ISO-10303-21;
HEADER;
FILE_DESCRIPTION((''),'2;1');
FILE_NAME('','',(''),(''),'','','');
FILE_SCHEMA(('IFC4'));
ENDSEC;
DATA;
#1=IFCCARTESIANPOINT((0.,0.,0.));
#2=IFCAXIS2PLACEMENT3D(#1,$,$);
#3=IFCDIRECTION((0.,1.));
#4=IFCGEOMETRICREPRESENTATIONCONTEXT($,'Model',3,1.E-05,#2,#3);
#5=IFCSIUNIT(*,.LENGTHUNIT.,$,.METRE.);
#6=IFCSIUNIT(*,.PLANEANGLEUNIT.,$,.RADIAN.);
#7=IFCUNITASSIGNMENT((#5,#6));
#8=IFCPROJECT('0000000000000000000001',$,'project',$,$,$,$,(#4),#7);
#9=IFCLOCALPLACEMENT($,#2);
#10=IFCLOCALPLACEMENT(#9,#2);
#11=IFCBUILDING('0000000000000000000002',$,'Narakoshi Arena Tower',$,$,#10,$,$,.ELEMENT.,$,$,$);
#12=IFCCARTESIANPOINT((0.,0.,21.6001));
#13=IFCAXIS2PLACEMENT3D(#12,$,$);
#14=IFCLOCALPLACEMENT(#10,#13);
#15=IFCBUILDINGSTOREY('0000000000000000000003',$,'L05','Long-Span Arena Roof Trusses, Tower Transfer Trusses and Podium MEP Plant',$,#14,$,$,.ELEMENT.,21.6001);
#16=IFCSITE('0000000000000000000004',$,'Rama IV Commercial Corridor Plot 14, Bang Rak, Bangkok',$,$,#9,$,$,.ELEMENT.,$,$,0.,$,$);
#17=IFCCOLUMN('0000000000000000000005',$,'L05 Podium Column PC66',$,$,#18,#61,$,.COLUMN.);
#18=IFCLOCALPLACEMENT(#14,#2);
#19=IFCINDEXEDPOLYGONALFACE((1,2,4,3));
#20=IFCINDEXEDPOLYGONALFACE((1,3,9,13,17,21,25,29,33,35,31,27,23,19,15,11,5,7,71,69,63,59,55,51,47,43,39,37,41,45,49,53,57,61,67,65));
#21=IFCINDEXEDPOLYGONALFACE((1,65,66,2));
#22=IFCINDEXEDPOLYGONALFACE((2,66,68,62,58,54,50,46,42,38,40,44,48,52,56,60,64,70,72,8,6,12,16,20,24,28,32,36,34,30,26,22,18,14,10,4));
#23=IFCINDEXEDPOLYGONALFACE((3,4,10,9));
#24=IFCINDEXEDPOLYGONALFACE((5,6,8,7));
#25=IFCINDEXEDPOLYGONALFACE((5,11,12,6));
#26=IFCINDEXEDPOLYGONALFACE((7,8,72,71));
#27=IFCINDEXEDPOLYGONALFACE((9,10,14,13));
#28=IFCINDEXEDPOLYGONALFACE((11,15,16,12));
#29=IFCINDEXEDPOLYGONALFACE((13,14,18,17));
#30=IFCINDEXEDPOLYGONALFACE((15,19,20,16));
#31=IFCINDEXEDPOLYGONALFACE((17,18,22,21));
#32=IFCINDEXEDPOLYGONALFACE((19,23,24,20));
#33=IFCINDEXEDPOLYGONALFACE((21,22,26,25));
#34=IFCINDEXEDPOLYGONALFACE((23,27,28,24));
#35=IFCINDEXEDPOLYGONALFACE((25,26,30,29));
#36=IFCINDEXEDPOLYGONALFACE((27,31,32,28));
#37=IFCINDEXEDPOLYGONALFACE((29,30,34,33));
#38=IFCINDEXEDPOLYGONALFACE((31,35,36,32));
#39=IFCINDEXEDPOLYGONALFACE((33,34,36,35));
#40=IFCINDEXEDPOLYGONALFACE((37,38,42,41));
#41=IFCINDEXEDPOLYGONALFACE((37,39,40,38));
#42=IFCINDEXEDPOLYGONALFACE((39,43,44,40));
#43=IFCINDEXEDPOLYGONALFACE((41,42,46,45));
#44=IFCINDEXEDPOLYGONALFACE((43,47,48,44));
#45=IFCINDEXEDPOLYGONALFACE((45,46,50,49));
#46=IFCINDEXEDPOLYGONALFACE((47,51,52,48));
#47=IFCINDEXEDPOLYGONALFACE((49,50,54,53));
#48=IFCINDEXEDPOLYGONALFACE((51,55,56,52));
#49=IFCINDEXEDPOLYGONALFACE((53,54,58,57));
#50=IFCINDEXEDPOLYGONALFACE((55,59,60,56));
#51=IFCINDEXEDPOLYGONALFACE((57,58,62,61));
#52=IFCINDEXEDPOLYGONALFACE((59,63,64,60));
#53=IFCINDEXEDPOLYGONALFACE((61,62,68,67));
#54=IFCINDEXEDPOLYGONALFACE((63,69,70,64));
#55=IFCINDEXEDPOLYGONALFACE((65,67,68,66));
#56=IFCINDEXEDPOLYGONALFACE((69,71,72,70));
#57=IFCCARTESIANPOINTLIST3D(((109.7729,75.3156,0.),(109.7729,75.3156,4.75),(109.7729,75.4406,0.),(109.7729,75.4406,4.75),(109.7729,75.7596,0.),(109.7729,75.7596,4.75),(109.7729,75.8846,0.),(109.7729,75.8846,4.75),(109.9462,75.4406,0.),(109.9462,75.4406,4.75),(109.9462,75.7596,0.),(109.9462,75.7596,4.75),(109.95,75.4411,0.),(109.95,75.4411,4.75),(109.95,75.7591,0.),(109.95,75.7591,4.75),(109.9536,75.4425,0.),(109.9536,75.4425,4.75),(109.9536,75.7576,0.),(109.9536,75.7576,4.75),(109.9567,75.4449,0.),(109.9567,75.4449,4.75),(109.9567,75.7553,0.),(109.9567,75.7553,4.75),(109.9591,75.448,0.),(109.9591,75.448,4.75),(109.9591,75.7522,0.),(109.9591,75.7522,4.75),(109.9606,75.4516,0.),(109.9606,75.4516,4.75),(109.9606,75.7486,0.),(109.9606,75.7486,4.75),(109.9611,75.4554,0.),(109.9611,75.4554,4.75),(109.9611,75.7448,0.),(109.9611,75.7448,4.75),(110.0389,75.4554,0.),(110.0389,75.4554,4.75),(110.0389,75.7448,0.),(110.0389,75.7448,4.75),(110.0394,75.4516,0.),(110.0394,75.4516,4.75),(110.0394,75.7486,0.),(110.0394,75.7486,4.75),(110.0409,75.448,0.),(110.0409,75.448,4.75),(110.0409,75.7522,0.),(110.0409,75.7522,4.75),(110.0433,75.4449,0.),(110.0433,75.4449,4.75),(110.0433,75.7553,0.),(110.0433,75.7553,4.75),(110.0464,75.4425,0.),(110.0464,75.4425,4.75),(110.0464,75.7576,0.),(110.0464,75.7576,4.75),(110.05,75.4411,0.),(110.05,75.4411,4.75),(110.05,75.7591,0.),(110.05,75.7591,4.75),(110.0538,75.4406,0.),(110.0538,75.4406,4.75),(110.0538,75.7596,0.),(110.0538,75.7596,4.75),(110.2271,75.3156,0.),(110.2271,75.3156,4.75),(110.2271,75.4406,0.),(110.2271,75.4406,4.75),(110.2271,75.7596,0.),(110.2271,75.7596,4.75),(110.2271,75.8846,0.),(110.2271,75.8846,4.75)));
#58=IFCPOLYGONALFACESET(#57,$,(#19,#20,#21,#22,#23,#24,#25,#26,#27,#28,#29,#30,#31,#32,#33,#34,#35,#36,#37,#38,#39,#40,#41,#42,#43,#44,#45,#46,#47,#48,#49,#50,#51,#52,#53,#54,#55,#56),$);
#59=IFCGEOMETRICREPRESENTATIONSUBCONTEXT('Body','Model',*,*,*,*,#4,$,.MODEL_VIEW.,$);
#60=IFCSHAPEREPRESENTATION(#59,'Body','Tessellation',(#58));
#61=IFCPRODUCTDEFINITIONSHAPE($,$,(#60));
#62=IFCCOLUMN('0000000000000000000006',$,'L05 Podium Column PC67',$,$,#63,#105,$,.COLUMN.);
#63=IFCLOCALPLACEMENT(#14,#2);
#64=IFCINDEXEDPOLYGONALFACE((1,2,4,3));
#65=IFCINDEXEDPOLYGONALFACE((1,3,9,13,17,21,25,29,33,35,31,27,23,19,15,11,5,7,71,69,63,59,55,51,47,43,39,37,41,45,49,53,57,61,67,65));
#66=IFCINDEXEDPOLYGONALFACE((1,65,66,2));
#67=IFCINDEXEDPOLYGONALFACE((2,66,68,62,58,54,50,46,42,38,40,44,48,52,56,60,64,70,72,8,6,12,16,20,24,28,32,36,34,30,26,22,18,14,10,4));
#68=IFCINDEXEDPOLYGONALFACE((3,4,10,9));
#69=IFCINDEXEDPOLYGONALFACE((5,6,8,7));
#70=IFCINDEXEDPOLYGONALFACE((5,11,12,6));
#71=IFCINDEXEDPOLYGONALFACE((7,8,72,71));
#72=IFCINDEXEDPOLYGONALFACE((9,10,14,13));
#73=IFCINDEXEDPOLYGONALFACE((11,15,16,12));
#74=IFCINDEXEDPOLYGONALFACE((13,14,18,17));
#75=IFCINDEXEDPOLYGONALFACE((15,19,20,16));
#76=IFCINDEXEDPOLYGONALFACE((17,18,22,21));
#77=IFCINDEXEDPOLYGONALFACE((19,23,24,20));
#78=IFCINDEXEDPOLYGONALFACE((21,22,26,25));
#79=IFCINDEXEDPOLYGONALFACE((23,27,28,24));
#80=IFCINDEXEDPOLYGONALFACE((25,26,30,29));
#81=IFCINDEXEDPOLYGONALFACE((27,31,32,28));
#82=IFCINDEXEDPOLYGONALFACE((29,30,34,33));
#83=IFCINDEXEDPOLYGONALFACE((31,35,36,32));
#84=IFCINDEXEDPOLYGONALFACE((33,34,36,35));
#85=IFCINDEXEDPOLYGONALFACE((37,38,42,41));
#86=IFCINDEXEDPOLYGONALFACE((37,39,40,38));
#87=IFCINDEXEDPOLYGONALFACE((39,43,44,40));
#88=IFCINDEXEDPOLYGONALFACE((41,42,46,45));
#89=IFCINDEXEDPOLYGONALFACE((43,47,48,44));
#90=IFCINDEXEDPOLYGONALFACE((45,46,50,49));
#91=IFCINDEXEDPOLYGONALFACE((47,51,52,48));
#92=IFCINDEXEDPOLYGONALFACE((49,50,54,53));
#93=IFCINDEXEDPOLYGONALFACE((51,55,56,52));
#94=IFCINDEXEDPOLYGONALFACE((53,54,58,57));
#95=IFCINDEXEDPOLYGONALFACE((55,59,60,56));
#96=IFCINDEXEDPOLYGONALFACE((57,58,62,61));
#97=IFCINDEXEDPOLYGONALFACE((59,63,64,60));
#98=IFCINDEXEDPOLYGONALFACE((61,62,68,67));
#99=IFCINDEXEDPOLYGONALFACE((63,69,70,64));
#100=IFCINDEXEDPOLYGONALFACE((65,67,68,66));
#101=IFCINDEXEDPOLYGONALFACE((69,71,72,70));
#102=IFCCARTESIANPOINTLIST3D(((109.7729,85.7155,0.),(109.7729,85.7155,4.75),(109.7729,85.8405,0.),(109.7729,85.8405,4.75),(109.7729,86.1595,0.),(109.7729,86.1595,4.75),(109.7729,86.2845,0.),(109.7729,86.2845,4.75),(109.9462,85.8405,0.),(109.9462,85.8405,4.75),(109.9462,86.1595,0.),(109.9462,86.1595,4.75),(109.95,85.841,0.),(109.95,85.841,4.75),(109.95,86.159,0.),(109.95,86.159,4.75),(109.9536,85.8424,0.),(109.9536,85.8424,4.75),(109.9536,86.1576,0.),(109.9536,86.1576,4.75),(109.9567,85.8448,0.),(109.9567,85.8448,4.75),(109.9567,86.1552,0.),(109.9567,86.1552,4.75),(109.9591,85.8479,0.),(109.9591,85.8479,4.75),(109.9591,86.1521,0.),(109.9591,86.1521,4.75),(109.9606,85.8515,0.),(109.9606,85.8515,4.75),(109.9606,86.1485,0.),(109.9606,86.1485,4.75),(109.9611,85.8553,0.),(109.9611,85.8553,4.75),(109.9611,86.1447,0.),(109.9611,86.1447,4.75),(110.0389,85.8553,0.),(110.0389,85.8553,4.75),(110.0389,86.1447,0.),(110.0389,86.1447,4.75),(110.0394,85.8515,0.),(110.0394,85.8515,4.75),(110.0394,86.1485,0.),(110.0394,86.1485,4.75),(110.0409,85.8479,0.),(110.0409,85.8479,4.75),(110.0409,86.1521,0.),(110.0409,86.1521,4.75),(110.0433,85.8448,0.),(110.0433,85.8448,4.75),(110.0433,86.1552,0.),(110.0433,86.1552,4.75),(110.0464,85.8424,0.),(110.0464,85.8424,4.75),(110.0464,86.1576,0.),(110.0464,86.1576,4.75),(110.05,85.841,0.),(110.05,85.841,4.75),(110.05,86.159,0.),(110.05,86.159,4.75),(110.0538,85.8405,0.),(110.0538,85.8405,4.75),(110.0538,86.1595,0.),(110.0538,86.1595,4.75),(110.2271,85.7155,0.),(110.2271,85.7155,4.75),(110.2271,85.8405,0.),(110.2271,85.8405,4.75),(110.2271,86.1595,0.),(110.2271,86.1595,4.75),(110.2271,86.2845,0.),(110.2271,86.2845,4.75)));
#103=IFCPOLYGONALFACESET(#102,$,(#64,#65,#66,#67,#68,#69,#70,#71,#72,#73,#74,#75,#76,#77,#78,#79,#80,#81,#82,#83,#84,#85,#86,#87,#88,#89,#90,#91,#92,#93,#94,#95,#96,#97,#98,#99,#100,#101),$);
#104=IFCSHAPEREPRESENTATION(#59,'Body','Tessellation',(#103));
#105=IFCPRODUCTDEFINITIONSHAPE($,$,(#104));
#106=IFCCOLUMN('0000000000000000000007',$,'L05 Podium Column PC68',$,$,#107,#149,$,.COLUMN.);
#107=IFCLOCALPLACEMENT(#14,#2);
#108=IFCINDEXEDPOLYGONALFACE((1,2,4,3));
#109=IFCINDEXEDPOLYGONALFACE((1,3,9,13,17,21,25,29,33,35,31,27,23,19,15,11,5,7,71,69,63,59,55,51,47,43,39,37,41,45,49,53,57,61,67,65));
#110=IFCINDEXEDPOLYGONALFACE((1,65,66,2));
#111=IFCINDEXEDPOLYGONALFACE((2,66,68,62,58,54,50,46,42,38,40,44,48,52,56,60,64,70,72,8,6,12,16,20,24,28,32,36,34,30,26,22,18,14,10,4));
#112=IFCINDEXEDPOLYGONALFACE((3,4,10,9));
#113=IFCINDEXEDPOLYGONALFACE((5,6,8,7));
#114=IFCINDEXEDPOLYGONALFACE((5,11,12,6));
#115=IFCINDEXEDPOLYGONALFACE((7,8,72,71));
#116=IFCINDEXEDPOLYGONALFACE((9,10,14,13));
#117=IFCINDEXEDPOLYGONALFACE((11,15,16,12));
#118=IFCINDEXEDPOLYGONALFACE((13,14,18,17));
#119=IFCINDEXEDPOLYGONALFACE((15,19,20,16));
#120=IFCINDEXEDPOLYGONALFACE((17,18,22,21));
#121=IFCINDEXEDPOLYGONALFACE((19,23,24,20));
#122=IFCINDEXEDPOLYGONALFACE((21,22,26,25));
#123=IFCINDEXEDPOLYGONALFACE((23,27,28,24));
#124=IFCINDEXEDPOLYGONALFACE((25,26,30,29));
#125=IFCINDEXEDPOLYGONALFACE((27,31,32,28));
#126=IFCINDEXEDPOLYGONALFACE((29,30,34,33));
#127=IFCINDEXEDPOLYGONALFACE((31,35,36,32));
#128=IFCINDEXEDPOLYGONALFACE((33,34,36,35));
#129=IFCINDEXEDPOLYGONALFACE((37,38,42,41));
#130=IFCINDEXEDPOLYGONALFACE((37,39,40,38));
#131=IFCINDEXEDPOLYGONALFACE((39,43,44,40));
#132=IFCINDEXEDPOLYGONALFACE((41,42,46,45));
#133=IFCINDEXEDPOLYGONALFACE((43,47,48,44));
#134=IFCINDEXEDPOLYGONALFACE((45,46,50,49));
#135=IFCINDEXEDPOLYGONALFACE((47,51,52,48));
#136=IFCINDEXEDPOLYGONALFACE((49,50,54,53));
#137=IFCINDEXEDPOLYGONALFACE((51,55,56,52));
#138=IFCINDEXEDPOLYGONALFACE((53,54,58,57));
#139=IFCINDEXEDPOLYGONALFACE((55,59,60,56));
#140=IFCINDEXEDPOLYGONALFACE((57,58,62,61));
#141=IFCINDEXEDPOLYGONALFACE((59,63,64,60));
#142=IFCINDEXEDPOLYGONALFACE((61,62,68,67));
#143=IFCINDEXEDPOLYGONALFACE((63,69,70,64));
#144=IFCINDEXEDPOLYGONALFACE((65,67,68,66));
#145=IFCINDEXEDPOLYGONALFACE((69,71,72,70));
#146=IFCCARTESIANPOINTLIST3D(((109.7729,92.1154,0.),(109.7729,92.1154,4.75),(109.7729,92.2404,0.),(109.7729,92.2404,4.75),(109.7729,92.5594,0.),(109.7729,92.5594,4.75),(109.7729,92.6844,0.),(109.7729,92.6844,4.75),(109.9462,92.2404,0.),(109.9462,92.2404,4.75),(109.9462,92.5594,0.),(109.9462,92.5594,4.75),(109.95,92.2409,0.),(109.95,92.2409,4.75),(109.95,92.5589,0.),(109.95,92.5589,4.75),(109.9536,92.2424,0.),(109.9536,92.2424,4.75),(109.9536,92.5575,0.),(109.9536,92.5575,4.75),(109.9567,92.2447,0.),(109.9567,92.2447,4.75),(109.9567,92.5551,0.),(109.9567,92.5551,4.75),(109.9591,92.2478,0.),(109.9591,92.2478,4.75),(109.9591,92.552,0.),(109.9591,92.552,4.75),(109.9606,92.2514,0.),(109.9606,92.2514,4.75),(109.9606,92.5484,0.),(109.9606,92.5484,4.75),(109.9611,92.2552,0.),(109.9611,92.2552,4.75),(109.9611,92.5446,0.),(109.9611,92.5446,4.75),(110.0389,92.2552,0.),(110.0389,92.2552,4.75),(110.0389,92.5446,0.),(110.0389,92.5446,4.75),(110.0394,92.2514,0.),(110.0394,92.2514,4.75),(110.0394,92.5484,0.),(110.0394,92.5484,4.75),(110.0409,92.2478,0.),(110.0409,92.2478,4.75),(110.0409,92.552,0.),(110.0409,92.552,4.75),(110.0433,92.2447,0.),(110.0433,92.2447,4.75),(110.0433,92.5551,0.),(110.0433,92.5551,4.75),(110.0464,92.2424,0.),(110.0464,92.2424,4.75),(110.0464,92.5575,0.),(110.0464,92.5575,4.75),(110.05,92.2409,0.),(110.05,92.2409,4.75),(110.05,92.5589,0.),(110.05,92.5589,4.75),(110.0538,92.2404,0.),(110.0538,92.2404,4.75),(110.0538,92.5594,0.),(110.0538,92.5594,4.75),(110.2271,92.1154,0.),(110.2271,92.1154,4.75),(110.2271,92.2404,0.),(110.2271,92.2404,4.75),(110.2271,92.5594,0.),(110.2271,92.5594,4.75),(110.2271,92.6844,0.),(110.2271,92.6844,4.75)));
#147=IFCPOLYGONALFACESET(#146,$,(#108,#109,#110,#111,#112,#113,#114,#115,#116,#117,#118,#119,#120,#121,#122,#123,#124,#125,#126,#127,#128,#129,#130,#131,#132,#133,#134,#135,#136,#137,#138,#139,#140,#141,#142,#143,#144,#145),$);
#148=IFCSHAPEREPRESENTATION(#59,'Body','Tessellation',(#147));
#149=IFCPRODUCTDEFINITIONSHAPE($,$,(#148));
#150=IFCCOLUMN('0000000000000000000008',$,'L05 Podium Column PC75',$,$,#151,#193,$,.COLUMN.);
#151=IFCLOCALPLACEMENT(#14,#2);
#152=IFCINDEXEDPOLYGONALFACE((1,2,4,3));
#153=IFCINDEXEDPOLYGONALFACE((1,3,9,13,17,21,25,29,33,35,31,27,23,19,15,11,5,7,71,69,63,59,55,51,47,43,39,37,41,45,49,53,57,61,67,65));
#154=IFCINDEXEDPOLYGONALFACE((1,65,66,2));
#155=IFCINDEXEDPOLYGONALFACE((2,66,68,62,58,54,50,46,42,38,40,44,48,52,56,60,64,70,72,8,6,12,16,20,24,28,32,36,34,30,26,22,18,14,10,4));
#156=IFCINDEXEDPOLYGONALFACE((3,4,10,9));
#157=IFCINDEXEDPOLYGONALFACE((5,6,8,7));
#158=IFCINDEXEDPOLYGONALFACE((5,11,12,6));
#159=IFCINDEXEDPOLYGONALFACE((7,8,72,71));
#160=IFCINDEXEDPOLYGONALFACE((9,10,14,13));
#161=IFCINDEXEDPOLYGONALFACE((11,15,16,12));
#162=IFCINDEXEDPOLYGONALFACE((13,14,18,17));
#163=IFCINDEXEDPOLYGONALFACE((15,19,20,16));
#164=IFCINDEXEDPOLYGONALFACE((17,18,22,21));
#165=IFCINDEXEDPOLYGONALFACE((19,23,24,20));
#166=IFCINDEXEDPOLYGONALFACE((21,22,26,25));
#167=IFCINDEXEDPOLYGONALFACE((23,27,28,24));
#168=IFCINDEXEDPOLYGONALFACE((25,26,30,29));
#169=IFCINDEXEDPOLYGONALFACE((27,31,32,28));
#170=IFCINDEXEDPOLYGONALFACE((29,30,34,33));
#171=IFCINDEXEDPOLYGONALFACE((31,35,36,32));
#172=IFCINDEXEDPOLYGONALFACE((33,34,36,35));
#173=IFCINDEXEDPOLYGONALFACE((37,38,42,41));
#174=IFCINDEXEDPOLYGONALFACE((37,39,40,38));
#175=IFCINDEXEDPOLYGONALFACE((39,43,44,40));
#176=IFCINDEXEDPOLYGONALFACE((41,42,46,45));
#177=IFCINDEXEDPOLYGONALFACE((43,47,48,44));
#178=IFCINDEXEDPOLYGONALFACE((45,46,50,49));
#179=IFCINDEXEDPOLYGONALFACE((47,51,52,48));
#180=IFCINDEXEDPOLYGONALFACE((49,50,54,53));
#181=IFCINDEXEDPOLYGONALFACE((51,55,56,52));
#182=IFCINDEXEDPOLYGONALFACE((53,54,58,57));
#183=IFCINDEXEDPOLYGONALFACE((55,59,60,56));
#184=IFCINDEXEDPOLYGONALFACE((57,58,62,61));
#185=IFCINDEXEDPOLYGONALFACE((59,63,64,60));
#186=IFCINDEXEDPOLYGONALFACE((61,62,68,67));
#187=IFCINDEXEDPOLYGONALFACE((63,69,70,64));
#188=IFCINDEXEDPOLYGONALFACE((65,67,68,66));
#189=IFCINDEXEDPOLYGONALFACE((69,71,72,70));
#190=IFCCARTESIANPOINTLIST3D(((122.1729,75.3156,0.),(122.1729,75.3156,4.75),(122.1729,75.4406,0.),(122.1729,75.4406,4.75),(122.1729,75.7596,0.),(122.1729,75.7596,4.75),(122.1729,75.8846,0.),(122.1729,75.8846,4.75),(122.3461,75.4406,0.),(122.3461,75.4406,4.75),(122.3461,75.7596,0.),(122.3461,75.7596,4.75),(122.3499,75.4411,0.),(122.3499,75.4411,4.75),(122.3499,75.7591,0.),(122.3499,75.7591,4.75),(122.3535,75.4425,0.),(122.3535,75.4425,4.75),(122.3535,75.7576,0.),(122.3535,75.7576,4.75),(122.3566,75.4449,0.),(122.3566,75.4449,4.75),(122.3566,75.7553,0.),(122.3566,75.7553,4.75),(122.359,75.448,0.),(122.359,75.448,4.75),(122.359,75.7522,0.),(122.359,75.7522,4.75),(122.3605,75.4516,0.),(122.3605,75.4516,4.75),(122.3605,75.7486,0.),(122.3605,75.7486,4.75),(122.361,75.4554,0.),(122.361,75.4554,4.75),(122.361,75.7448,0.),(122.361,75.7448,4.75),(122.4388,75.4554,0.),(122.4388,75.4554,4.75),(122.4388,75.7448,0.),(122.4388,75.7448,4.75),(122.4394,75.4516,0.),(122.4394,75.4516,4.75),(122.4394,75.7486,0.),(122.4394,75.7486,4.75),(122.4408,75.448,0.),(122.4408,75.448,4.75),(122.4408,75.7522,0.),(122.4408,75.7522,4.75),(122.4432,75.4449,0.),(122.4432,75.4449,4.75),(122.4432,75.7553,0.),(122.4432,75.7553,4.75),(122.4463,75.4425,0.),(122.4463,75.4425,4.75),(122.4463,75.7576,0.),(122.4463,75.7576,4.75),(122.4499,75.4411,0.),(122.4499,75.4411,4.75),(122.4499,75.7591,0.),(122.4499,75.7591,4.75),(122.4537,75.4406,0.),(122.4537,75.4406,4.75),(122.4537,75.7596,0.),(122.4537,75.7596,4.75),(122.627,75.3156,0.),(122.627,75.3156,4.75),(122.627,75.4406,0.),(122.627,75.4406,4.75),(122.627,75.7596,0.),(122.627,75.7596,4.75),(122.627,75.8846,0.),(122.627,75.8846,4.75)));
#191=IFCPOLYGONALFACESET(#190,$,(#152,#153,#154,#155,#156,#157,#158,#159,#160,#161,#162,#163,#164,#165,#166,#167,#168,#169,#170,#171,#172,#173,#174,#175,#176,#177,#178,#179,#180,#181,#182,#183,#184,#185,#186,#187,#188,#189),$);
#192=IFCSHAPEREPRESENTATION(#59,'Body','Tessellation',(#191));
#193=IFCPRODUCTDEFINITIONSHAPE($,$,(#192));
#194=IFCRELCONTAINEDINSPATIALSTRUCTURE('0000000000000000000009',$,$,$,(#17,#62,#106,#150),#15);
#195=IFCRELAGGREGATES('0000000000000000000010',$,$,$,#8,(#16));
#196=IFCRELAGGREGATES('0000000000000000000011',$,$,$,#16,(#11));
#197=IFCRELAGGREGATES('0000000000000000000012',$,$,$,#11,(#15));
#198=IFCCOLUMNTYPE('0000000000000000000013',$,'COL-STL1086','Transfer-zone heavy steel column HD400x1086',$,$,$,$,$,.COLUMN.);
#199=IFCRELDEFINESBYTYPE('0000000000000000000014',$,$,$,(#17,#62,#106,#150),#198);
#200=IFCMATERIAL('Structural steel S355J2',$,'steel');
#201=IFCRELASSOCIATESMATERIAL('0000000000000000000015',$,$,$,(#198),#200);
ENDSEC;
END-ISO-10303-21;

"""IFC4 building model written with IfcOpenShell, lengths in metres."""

from ifc_helpers import new_model, si_unit, direction, frame, origin, origin_2d, place, context, subcontext, project, spatial, i_section, extrude, material, material_profile, profile_set, type_object, element, save


model = new_model("IFC4")

# Units and contexts
model_context = context("Model", 3, precision=1e-05, world=origin(), true_north=direction((0.0, 1.0)))
body_context = subcontext(model_context, "Body", "Model", "MODEL_VIEW")
ifc_project = project(units=[si_unit("LENGTHUNIT", "METRE"), si_unit("PLANEANGLEUNIT", "RADIAN")], contexts=[model_context])

# Site, building, storey
site_placement = place(None, origin())
site = spatial("IfcSite", under=ifc_project, at=site_placement, Name="Rama IV Commercial Corridor Plot 14, Bang Rak, Bangkok", CompositionType="ELEMENT", RefElevation=0.0)
building_placement = place(site_placement, origin())
building = spatial("IfcBuilding", under=site, at=building_placement, Name="Narakoshi Arena Tower", CompositionType="ELEMENT")
storey_placement = place(building_placement, frame((0.0, 0.0, 21.6001)))
storey = spatial("IfcBuildingStorey", under=building, at=storey_placement, Name="L05", Description="Long-Span Arena Roof Trusses, Tower Transfer Trusses and Podium MEP Plant", CompositionType="ELEMENT", Elevation=21.6001)

# Columns
ifc_material_1 = material(Name="Structural steel S355J2", Category="steel")
ifc_material_profile_1 = material_profile(ifc_material_1, i_section(OverallWidth=0.4541, OverallDepth=0.5691, WebThickness=0.0779, FlangeThickness=0.125, FilletRadius=0.0149, at=origin_2d()), Name="HD400x1086")
ifc_profile_set_1 = profile_set([ifc_material_profile_1], Name="Structural steel S355J2")
column_type = type_object("IfcColumnType", Name="COL-STL1086", Description="Transfer-zone heavy steel column HD400x1086", PredefinedType="COLUMN", material=ifc_profile_set_1)
for number, where, z_axis, x_axis, name in (
    (1, (110.0, 75.6001, 0.0), (0.0, 0.0, 1.0), (1.0, 0.0, 0.0), "L05 Podium Column PC66"),
    (2, (110.0, 86.0, 0.0), (0.0, 0.0, 1.0), (1.0, 0.0, 0.0), "L05 Podium Column PC67"),
    (3, (110.0, 92.3999, 0.0), (0.0, 0.0, 1.0), (1.0, 0.0, 0.0), "L05 Podium Column PC68"),
    (4, (122.3999, 75.6001, 0.0), (0.0, 0.0, 1.0), (1.0, 0.0, 0.0), "L05 Podium Column PC75"),
):
    element("IfcColumn", number, at=place(storey_placement, frame(where, z_axis=z_axis, x_axis=x_axis)), inside=storey, type_object=column_type, Name=name, PredefinedType="COLUMN", context=body_context, shape_type="SweptSolid", body=[
        extrude(i_section(OverallWidth=0.4541, OverallDepth=0.5691, WebThickness=0.0779, FlangeThickness=0.125, FilletRadius=0.0149, at=origin_2d()), origin(), (0.0, 0.0, 1.0), 4.75),
    ])

save(model, "model.ifc")
